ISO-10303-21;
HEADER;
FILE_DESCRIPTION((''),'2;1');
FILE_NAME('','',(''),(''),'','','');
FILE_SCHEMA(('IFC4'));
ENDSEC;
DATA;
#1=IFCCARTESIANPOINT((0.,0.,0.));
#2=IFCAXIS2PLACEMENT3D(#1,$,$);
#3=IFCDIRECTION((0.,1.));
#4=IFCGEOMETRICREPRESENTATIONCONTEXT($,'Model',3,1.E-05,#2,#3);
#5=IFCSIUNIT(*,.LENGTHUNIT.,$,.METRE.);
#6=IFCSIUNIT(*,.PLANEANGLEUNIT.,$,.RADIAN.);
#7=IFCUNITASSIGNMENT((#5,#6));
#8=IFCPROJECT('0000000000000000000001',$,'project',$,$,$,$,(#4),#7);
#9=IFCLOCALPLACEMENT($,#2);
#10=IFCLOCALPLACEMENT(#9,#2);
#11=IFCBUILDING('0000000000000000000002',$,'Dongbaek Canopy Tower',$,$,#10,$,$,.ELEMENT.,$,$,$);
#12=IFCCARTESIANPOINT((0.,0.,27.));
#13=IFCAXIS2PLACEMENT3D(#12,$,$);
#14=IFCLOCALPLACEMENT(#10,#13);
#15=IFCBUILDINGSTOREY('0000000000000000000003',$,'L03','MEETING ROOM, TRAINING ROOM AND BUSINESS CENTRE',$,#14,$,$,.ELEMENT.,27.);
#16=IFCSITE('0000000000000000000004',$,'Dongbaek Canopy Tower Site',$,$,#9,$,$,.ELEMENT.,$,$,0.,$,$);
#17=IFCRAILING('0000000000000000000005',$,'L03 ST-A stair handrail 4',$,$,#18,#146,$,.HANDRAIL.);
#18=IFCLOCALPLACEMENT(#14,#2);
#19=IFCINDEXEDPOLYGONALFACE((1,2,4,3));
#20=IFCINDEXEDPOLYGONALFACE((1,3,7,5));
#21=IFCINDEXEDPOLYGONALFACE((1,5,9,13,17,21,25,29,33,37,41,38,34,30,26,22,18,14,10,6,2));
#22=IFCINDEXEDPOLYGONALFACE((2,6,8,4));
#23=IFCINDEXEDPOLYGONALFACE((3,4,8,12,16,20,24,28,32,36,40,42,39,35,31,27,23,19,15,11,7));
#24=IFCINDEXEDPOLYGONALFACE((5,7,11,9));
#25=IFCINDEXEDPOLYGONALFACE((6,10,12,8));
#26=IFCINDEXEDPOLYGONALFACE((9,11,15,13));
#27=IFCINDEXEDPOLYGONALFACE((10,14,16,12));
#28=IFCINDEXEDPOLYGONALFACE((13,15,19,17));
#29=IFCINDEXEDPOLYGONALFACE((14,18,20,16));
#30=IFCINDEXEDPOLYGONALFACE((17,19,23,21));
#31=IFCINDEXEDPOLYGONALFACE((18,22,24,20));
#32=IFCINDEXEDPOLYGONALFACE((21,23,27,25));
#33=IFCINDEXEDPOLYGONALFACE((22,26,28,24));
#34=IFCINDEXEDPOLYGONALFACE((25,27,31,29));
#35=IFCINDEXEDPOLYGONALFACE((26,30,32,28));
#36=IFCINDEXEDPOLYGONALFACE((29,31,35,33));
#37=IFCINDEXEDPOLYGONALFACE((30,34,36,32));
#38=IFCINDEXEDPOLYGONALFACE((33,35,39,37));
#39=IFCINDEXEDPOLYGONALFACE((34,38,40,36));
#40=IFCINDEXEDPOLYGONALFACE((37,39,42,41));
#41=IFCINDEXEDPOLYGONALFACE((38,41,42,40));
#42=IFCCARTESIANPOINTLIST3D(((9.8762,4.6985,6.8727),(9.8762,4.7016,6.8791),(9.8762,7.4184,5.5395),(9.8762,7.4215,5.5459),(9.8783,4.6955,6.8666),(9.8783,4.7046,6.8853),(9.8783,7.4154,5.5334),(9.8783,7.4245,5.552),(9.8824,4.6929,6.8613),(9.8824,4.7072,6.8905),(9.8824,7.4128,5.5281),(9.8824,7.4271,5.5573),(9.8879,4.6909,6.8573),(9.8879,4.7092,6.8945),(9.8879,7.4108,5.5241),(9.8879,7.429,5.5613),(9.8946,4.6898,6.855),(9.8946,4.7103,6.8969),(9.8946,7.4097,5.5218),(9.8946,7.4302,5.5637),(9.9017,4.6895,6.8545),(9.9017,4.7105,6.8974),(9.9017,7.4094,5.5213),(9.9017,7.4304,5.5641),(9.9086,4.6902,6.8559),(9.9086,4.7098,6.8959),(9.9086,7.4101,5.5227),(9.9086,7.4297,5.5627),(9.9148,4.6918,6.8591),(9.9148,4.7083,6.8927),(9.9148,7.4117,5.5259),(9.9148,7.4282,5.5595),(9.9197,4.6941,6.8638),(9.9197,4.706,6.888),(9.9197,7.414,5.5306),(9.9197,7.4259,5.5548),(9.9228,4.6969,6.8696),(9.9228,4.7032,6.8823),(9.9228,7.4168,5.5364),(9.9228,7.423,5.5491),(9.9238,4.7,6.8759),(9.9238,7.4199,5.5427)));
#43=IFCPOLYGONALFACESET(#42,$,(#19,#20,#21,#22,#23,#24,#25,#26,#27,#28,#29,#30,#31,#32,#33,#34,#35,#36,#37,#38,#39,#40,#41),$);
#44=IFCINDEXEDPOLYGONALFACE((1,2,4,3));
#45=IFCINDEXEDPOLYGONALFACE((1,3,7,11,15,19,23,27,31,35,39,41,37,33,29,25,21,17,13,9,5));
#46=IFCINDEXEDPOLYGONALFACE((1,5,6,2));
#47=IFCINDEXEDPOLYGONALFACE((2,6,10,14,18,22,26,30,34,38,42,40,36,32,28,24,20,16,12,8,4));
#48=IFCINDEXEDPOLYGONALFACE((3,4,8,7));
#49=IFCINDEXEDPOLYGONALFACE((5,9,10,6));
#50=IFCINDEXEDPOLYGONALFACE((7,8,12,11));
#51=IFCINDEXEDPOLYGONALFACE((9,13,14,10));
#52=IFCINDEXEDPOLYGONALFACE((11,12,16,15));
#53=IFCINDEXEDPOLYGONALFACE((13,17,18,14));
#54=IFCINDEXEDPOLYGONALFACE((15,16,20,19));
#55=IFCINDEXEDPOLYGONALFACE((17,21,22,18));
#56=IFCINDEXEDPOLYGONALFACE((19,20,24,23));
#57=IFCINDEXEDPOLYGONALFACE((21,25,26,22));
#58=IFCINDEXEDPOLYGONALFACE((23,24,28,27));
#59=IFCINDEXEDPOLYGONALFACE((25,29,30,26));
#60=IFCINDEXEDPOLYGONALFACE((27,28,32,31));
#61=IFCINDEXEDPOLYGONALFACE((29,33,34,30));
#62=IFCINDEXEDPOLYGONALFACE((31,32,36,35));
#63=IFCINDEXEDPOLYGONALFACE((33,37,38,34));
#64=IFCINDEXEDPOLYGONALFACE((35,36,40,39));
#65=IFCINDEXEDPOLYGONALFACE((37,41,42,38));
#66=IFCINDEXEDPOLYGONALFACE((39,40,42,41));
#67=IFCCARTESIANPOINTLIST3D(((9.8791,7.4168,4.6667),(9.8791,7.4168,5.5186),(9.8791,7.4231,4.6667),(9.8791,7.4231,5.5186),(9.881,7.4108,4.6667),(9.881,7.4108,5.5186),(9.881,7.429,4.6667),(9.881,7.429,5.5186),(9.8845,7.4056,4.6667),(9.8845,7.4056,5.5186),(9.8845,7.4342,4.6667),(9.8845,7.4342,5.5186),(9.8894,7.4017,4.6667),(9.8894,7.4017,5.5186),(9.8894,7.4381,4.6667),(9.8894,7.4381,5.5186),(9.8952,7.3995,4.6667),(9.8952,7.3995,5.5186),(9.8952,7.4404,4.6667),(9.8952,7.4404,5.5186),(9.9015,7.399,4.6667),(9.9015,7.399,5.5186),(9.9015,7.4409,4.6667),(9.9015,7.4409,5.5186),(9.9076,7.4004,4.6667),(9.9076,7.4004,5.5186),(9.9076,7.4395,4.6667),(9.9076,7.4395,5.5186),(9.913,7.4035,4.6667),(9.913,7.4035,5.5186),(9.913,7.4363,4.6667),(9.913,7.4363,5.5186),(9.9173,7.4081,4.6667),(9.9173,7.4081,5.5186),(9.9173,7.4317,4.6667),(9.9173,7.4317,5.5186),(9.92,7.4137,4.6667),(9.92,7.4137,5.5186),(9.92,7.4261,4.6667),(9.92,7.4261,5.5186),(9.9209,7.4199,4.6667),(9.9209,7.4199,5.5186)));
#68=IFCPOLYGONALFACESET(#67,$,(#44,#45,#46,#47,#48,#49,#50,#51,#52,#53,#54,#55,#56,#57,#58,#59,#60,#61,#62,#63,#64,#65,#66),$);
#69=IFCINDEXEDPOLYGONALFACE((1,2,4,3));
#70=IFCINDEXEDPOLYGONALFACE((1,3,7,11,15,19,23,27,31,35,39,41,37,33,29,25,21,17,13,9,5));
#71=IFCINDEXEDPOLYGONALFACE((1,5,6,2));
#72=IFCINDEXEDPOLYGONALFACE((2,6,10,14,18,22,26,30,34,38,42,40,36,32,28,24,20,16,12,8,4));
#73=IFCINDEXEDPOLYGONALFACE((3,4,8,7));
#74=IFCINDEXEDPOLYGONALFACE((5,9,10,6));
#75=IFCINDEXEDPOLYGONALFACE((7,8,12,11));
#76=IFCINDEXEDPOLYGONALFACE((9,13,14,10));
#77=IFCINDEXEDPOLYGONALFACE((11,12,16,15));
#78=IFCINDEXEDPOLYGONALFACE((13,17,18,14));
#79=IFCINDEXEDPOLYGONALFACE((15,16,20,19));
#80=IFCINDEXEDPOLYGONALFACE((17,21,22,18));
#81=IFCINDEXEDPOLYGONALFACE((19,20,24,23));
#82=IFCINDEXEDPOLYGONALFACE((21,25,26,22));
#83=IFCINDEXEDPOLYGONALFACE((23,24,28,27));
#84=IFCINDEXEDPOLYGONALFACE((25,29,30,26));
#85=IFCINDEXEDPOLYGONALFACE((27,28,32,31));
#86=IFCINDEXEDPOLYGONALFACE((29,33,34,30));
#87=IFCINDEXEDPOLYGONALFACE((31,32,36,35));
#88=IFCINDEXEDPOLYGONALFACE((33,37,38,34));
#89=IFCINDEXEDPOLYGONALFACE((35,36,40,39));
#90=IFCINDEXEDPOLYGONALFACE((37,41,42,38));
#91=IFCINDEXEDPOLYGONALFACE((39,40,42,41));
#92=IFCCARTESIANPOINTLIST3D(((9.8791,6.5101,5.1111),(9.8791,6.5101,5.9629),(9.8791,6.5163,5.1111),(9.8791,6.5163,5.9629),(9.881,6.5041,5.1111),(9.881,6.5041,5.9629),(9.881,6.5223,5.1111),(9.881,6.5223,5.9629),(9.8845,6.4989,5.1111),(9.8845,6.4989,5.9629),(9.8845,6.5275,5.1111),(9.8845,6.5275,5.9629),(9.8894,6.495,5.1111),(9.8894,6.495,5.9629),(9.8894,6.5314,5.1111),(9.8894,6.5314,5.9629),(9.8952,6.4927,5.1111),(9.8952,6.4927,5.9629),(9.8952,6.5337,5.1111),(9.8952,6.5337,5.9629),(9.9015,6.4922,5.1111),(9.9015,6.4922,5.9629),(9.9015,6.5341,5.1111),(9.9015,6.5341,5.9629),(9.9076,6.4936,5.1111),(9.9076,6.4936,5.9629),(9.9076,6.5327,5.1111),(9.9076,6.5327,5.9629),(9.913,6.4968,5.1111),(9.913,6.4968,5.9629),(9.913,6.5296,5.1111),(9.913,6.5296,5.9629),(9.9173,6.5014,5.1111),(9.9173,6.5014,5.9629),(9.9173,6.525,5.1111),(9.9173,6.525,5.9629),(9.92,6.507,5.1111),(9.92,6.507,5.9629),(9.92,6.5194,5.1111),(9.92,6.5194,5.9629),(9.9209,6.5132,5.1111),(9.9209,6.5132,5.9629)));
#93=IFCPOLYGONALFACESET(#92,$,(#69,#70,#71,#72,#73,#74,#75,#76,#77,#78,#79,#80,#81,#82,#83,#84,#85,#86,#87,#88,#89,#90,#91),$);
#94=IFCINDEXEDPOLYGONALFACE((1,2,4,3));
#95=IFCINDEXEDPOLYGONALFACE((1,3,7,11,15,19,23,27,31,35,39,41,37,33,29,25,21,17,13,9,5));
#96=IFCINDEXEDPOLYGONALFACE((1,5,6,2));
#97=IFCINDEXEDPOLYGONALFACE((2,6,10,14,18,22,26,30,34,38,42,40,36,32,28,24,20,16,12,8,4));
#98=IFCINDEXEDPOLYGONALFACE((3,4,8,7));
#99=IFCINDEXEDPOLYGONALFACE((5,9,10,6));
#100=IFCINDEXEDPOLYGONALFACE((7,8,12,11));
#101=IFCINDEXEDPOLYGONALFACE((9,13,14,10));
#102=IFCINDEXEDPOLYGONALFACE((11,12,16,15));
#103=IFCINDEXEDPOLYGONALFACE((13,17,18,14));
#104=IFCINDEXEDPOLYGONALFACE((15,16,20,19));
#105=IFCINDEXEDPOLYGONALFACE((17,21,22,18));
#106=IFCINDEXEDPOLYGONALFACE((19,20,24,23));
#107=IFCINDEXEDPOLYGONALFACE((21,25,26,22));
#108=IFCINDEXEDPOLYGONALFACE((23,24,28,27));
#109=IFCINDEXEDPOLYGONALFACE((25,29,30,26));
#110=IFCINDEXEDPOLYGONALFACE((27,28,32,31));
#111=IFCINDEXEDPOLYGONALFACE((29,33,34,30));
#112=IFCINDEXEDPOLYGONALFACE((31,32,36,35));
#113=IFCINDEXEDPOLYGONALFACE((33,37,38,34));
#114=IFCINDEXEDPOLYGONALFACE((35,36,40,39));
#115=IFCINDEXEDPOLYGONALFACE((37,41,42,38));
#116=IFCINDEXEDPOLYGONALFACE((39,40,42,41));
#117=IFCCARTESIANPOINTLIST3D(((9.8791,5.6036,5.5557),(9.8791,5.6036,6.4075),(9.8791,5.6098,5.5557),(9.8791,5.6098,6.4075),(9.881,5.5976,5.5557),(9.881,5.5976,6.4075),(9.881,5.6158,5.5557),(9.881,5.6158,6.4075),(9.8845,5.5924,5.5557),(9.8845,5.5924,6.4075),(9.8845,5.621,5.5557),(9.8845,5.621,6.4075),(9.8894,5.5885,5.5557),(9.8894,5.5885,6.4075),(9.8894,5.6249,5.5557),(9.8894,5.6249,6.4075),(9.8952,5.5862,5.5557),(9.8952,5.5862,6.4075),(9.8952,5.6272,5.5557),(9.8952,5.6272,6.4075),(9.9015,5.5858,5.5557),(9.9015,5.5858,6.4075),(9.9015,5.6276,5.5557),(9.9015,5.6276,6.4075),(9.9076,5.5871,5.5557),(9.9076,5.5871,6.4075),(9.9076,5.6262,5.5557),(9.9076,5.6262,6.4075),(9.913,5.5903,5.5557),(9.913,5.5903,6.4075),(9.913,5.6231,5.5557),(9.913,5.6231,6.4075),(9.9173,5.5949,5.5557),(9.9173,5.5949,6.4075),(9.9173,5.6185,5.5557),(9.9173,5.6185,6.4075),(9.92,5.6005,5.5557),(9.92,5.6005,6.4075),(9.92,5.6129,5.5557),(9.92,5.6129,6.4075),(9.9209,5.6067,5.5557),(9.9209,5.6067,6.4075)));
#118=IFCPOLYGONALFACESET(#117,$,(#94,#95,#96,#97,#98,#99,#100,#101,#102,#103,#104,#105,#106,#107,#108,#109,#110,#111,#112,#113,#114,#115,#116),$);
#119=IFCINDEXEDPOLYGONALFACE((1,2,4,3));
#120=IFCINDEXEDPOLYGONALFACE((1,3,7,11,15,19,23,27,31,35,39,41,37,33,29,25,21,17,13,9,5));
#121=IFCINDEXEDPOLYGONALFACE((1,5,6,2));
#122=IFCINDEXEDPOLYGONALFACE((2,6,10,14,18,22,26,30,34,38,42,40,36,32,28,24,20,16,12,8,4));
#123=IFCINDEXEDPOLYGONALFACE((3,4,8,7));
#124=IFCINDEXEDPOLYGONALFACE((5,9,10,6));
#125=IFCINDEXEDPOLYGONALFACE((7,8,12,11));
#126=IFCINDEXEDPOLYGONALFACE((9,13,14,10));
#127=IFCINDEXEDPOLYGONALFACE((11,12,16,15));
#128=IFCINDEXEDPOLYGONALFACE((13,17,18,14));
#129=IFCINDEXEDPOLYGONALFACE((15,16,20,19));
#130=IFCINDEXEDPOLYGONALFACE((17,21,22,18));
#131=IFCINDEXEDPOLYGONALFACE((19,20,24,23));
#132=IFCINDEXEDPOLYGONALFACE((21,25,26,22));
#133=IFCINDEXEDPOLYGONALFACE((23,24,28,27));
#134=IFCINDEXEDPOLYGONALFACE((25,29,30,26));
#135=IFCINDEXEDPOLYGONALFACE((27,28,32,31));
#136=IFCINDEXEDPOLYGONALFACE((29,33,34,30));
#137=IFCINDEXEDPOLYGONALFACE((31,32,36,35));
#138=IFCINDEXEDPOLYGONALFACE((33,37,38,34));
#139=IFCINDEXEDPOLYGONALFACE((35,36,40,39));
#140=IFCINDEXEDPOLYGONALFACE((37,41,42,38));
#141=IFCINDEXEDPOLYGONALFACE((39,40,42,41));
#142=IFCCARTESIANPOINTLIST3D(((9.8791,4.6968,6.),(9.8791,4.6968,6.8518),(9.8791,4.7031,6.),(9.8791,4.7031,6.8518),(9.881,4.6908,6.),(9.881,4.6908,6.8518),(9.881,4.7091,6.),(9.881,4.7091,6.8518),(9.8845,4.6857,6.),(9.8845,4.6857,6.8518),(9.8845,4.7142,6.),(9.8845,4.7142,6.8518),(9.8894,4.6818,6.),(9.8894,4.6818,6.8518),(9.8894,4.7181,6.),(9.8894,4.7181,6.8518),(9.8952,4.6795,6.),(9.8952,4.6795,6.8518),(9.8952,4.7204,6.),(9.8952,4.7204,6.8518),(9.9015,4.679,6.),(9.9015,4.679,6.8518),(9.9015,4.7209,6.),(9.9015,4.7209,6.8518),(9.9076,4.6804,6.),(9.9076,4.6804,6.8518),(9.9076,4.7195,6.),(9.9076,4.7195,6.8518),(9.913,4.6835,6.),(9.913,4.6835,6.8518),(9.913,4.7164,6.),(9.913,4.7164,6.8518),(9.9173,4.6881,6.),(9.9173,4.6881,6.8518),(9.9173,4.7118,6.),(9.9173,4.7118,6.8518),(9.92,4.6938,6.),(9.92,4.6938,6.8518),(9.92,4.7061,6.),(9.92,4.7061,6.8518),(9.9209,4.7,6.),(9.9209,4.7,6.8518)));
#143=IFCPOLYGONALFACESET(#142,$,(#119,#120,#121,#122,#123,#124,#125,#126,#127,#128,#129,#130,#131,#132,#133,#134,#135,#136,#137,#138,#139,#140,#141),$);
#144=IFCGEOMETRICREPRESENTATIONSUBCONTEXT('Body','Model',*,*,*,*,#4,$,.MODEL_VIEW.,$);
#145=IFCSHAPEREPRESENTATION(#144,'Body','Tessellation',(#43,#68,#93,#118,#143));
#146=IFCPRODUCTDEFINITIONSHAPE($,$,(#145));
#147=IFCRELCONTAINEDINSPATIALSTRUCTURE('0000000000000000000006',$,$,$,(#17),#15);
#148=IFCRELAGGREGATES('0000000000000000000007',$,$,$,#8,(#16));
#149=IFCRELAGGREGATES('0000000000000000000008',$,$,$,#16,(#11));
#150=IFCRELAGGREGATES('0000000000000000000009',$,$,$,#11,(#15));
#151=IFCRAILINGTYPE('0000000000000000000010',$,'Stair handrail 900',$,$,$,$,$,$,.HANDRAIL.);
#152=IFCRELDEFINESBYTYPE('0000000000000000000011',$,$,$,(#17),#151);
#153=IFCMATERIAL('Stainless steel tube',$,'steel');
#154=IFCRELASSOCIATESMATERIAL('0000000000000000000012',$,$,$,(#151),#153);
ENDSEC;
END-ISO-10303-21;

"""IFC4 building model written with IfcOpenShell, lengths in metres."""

from ifc_helpers import new_model, si_unit, direction, frame, origin, origin_2d, place, context, subcontext, project, spatial, circle, extrude, material, type_object, element, save


model = new_model("IFC4")

# Units and contexts
model_context = context("Model", 3, precision=1e-05, world=origin(), true_north=direction((0.0, 1.0)))
body_context = subcontext(model_context, "Body", "Model", "MODEL_VIEW")
ifc_project = project(units=[si_unit("LENGTHUNIT", "METRE"), si_unit("PLANEANGLEUNIT", "RADIAN")], contexts=[model_context])

# Site, building, storey
site_placement = place(None, origin())
site = spatial("IfcSite", under=ifc_project, at=site_placement, Name="Dongbaek Canopy Tower Site", CompositionType="ELEMENT", RefElevation=0.0)
building_placement = place(site_placement, origin())
building = spatial("IfcBuilding", under=site, at=building_placement, Name="Dongbaek Canopy Tower", CompositionType="ELEMENT")
storey_placement = place(building_placement, frame((0.0, 0.0, 27.0)))
storey = spatial("IfcBuildingStorey", under=building, at=storey_placement, Name="L03", Description="MEETING ROOM, TRAINING ROOM AND BUSINESS CENTRE", CompositionType="ELEMENT", Elevation=27.0)

# Railing
ifc_material_1 = material(Name="Stainless steel tube", Category="steel")
railing_type = type_object("IfcRailingType", Name="Stair handrail 900", PredefinedType="HANDRAIL", material=ifc_material_1)
for number, where, name in (
    (1, (9.8999, 7.4199, 4.6667), "L03 ST-A stair handrail 4"),
):
    element("IfcRailing", number, at=place(storey_placement, frame(where)), inside=storey, type_object=railing_type, Name=name, PredefinedType="HANDRAIL", context=body_context, shape_type="SweptSolid", body=[
        extrude(circle(Radius=0.0239, at=origin_2d()), frame((0.0, 0.0, 0.876), z_axis=(0.0, -0.897929, 0.440139), x_axis=(1.0, 0.0, 0.0)), (0.0, 0.0, 1.0), 3.0291),
        extrude(circle(Radius=0.021, at=origin_2d()), origin(), (0.0, 0.0, 1.0), 0.8518),
        extrude(circle(Radius=0.021, at=origin_2d()), frame((0.0, -0.9067, 0.4443)), (0.0, 0.0, 1.0), 0.8518),
        extrude(circle(Radius=0.021, at=origin_2d()), frame((0.0, -1.8132, 0.8889)), (0.0, 0.0, 1.0), 0.8518),
        extrude(circle(Radius=0.021, at=origin_2d()), frame((0.0, -2.72, 1.3333)), (0.0, 0.0, 1.0), 0.8518),
    ])

save(model, "model.ifc")
